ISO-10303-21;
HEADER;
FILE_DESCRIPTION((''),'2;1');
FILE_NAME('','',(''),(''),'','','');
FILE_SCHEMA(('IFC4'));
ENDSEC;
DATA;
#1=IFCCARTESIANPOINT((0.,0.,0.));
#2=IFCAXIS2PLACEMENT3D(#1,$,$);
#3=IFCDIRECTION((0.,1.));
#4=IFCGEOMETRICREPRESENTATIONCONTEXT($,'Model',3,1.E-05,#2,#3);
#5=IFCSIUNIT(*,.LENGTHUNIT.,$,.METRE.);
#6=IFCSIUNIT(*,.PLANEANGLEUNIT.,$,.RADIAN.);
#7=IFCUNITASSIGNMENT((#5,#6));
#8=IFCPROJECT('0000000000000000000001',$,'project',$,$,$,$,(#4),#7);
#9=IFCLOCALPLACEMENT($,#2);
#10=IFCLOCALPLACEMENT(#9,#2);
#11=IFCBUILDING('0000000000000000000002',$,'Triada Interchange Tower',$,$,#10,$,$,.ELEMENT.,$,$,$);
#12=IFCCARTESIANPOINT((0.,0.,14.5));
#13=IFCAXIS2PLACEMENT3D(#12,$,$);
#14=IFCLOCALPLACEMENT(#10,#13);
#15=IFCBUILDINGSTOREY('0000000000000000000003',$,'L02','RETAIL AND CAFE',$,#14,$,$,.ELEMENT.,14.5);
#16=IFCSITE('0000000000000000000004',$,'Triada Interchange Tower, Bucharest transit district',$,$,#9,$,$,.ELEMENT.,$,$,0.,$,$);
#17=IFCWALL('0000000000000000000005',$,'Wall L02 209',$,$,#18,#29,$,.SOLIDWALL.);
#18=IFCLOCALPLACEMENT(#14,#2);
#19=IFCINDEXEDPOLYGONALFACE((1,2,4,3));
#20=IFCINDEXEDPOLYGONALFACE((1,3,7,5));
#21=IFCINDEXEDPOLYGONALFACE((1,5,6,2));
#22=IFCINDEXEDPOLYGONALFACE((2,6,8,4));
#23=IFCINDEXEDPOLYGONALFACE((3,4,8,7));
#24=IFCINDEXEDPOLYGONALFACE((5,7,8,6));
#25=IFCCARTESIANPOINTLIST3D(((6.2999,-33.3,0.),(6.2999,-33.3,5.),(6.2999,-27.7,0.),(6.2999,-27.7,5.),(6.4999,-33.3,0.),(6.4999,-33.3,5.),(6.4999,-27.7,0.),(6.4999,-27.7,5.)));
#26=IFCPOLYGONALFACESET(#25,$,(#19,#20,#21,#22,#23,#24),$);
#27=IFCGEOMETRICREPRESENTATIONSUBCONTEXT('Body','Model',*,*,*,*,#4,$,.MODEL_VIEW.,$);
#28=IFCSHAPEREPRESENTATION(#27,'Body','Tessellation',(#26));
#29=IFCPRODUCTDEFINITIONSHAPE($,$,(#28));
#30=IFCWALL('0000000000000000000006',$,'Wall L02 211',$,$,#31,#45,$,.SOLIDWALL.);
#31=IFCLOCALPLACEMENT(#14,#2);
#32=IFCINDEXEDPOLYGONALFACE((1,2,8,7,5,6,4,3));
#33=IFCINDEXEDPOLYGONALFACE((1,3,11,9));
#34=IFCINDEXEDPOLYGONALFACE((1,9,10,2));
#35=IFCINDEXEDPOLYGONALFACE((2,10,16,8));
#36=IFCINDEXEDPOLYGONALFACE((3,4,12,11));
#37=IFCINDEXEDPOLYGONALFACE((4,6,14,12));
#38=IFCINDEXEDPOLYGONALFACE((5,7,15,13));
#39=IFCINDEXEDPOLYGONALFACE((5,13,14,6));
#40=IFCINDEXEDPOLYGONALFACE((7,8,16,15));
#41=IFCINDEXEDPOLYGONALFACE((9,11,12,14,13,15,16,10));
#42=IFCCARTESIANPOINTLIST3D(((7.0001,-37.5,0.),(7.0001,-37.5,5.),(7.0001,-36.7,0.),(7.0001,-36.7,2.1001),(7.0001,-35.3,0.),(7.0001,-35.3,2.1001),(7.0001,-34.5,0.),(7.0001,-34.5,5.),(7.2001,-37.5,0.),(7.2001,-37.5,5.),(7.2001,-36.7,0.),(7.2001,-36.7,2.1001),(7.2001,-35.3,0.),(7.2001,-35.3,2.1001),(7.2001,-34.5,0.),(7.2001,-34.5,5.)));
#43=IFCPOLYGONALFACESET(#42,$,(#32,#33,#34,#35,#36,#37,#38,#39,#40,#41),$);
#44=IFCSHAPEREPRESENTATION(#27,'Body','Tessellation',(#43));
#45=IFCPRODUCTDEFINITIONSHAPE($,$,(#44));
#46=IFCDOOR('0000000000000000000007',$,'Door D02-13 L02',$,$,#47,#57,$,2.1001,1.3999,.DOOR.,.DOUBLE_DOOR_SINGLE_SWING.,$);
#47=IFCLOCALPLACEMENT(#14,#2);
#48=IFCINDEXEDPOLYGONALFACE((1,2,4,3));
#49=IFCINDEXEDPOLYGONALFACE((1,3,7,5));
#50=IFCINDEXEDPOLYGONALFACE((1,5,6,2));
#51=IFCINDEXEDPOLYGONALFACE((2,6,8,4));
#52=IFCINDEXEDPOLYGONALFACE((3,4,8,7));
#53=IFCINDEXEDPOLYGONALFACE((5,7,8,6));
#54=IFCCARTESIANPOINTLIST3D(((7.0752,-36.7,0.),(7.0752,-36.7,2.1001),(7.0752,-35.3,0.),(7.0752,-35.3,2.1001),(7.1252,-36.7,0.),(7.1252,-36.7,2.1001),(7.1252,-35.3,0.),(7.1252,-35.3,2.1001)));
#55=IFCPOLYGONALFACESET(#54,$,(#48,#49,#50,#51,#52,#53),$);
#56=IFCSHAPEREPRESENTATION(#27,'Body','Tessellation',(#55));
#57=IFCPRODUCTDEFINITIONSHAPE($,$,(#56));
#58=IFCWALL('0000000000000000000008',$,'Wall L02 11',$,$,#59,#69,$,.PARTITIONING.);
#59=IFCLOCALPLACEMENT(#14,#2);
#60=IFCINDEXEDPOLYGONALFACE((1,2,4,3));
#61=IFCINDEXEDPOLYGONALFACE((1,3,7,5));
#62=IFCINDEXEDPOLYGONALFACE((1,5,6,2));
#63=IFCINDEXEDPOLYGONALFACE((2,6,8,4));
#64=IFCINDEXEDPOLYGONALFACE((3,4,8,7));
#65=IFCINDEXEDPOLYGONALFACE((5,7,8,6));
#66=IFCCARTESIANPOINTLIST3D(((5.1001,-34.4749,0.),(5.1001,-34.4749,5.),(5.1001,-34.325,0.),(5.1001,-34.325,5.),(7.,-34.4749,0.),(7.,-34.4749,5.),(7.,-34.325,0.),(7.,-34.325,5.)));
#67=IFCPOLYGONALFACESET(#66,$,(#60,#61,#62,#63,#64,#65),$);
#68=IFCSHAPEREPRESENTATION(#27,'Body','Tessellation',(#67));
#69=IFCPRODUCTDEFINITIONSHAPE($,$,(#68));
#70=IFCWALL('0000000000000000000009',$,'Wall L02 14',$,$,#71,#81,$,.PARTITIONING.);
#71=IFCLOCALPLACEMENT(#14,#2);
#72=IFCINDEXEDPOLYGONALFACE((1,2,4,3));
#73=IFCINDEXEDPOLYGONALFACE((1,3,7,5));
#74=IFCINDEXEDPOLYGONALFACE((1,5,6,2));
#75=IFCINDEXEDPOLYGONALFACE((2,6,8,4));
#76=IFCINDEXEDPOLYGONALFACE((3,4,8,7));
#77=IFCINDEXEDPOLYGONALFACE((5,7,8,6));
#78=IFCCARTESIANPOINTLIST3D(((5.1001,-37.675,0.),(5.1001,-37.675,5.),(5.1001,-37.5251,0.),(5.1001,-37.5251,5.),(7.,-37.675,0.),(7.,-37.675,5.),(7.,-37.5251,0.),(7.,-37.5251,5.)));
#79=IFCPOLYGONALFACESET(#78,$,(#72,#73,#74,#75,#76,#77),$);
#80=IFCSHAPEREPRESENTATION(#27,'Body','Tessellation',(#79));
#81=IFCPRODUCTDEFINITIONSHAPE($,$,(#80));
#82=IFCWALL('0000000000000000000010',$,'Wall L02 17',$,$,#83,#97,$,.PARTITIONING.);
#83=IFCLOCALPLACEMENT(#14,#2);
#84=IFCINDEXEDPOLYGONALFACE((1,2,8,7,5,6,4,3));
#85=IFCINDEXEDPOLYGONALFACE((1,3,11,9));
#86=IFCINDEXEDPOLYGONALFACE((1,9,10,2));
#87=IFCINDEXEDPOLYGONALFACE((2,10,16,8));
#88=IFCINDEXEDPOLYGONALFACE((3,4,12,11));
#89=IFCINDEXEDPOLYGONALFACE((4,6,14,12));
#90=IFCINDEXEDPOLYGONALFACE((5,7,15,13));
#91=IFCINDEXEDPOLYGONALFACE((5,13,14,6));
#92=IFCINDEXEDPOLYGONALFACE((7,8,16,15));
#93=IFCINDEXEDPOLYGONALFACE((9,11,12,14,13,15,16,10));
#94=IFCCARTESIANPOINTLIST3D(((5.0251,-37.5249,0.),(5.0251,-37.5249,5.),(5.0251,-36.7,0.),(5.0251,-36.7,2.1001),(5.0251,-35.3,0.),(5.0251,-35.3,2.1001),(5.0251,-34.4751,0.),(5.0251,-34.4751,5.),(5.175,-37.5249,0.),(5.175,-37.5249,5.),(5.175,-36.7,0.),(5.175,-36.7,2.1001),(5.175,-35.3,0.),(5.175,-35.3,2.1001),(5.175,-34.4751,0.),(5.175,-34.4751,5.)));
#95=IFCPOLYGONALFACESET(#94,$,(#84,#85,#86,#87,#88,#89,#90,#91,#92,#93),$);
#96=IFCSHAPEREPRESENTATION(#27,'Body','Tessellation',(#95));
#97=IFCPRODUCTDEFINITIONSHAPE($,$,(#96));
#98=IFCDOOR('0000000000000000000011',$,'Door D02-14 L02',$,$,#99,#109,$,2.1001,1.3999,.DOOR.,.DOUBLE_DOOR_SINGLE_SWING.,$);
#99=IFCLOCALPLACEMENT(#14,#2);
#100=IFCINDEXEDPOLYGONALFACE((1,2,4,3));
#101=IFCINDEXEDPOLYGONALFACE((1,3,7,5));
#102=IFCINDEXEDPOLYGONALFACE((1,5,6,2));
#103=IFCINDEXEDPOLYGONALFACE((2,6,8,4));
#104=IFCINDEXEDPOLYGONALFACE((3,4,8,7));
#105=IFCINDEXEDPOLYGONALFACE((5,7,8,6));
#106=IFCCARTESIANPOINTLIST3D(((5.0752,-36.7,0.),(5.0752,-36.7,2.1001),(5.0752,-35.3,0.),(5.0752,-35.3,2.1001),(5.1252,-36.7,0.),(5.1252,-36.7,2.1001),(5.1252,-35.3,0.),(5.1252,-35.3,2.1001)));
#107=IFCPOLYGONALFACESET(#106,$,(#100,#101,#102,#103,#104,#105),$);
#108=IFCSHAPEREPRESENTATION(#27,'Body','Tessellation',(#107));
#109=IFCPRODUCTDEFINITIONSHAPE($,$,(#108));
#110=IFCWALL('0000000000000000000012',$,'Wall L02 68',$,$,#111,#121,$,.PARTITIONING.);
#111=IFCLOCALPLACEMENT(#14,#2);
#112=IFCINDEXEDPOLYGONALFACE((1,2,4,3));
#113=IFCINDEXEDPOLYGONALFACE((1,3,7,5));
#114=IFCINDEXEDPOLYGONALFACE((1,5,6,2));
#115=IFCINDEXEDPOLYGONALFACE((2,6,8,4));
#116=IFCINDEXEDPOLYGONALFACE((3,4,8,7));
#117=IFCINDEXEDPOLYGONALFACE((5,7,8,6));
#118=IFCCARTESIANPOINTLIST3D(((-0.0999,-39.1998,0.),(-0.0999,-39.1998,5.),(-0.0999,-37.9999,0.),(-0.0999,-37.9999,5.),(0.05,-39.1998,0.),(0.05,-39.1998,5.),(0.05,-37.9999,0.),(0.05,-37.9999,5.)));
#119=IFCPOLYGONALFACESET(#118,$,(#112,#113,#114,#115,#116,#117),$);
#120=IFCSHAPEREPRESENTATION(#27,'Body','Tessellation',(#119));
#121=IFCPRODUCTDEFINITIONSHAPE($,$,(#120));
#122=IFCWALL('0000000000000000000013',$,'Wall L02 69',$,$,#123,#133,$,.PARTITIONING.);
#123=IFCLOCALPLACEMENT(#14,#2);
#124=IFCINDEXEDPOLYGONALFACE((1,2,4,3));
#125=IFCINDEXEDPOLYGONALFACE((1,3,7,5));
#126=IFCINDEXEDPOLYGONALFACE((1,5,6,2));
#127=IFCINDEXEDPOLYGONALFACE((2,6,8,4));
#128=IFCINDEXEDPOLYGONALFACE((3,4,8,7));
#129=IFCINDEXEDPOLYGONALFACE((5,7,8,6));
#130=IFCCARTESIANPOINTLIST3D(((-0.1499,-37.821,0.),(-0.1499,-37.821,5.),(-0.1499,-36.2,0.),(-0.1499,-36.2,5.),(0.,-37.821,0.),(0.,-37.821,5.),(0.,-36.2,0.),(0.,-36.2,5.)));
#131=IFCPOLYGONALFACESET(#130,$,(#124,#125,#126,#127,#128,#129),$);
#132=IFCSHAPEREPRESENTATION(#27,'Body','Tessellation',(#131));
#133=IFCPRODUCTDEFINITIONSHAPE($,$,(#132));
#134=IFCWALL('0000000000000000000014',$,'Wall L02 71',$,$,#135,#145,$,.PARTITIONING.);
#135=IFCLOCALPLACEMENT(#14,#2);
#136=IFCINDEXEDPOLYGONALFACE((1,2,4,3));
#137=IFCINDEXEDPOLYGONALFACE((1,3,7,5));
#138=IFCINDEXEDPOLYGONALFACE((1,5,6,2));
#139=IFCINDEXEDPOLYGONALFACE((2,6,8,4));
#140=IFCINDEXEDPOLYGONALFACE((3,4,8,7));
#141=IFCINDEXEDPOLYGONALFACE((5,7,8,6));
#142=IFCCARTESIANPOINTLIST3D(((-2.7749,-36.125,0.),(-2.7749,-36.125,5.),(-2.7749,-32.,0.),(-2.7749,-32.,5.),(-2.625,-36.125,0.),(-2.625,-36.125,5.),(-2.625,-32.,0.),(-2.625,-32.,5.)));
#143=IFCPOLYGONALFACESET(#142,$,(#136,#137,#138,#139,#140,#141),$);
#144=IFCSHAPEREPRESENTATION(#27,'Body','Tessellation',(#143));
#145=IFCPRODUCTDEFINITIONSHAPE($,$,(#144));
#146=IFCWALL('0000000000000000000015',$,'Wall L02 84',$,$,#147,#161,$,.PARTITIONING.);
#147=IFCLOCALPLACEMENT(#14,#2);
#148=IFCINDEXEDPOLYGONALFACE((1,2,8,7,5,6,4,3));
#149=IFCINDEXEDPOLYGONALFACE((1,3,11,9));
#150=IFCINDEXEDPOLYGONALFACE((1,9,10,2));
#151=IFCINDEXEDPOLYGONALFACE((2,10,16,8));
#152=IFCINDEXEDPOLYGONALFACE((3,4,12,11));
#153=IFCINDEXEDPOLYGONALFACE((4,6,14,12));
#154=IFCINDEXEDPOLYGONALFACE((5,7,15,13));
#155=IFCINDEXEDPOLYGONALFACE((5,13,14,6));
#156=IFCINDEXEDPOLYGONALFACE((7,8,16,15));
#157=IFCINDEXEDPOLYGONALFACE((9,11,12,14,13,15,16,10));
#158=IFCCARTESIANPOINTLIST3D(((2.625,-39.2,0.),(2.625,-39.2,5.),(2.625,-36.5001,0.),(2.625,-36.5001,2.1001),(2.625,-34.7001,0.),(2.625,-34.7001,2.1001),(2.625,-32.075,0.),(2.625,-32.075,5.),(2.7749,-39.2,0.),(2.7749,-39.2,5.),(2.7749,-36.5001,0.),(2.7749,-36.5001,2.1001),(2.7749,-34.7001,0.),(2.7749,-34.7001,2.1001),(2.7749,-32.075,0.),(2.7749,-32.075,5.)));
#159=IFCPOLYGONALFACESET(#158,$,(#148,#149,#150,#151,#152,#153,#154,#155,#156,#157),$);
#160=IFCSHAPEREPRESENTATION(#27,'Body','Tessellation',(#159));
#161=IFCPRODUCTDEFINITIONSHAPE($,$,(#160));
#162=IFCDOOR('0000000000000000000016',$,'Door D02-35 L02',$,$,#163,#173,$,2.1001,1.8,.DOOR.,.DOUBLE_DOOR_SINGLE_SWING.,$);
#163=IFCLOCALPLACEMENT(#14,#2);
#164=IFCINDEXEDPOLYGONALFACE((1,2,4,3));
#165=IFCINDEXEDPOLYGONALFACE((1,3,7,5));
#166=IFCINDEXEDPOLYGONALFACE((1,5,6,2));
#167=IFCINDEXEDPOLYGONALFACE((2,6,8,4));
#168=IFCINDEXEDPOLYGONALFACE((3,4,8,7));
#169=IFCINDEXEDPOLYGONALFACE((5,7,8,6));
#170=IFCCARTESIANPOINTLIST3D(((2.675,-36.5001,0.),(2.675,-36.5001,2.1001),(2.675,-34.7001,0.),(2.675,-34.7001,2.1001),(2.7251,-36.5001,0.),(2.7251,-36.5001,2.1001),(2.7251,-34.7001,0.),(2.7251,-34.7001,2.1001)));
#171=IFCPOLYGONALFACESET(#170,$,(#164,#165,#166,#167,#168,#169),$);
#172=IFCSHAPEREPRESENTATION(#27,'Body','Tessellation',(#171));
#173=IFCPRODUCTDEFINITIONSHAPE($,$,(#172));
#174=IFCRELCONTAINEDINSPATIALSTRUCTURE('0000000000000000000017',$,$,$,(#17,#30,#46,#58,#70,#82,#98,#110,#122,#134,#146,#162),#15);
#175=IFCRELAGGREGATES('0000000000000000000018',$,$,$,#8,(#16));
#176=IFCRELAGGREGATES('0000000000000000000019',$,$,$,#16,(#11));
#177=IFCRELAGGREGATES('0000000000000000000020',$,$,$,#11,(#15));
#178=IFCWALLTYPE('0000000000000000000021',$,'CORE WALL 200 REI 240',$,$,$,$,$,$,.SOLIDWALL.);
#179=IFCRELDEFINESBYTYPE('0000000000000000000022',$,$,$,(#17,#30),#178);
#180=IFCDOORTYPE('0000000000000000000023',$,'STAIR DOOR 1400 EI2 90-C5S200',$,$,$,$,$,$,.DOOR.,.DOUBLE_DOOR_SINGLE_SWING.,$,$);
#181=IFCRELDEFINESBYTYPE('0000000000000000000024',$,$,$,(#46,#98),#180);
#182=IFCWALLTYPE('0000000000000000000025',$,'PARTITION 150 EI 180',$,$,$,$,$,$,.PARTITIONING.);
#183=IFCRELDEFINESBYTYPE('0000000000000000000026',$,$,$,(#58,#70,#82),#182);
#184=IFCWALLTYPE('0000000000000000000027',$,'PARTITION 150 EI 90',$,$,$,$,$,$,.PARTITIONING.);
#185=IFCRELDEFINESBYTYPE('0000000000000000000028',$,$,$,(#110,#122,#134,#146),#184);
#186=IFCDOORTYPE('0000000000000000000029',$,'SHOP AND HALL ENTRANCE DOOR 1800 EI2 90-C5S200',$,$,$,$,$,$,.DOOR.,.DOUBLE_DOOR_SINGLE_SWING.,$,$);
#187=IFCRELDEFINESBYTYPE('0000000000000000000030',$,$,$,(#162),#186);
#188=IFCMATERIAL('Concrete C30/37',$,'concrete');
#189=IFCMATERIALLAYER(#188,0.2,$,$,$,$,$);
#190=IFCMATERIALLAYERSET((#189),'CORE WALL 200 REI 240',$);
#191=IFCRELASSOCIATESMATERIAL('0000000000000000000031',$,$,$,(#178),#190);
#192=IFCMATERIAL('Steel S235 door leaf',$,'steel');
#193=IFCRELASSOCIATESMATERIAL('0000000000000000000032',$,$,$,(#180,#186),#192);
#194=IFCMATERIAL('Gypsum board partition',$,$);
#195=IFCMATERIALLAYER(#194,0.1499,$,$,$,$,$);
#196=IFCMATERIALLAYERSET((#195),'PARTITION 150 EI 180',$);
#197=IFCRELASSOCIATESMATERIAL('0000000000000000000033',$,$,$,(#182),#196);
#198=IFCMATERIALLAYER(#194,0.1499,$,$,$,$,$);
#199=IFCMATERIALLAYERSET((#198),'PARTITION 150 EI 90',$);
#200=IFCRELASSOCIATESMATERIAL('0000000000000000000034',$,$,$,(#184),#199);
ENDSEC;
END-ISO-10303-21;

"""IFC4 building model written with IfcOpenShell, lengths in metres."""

from ifc_helpers import new_model, si_unit, direction, frame, frame_2d, origin, place, context, subcontext, project, spatial, rectangle, extrude, material, layer, layer_set, type_object, element, fill, save


model = new_model("IFC4")

# Units and contexts
model_context = context("Model", 3, precision=1e-05, world=origin(), true_north=direction((0.0, 1.0)))
body_context = subcontext(model_context, "Body", "Model", "MODEL_VIEW")
ifc_project = project(units=[si_unit("LENGTHUNIT", "METRE"), si_unit("PLANEANGLEUNIT", "RADIAN")], contexts=[model_context])

# Site, building, storey
site_placement = place(None, origin())
site = spatial("IfcSite", under=ifc_project, at=site_placement, Name="Triada Interchange Tower, Bucharest transit district", CompositionType="ELEMENT", RefElevation=0.0)
building_placement = place(site_placement, origin())
building = spatial("IfcBuilding", under=site, at=building_placement, Name="Triada Interchange Tower", CompositionType="ELEMENT")
storey_placement = place(building_placement, frame((0.0, 0.0, 14.5)))
storey = spatial("IfcBuildingStorey", under=building, at=storey_placement, Name="L02", Description="RETAIL AND CAFE", CompositionType="ELEMENT", Elevation=14.5)

# Wall
ifc_material_1 = material(Name="Concrete C30/37", Category="concrete")
ifc_layer_1 = layer(ifc_material_1, 0.2)
ifc_layer_set_1 = layer_set([ifc_layer_1], Name="CORE WALL 200 REI 240")
wall_type_1 = type_object("IfcWallType", Name="CORE WALL 200 REI 240", PredefinedType="SOLIDWALL", material=ifc_layer_set_1)
wall_1_placement = place(storey_placement, frame((6.3999, -33.3, 0.0), z_axis=(0.0, 0.0, 1.0), x_axis=(0.0, 1.0, 0.0)))
element("IfcWall", 1, at=wall_1_placement, inside=storey, type_object=wall_type_1, Name="Wall L02 209", PredefinedType="SOLIDWALL", context=body_context, shape_type="SweptSolid", body=[
    extrude(rectangle(XDim=5.6001, YDim=0.2, at=frame_2d((2.8, 0.0))), origin(), (0.0, 0.0, 1.0), 5.0),
])

# Wall, opening, door
wall_2_placement = place(storey_placement, frame((7.1001, -37.5, 0.0), z_axis=(0.0, 0.0, 1.0), x_axis=(0.0, 1.0, 0.0)))
wall_2 = element("IfcWall", 2, at=wall_2_placement, inside=storey, type_object=wall_type_1, Name="Wall L02 211", PredefinedType="SOLIDWALL", context=body_context, shape_type="SweptSolid", body=[
    extrude(rectangle(XDim=3.0, YDim=0.2, at=frame_2d((1.5, 0.0))), origin(), (0.0, 0.0, 1.0), 5.0),
])
opening_1_placement = place(wall_2_placement, frame((0.8, 0.0, 0.0)))
opening_1 = element("IfcOpeningElement", 3, at=opening_1_placement, cuts=wall_2, PredefinedType="OPENING", context=body_context, shape_type="SweptSolid", body=[
    extrude(rectangle(XDim=1.3999, YDim=2.1001, at=frame_2d((0.7, 1.05))), frame((0.0, 0.1099, 0.0), z_axis=(0.0, -1.0, 0.0), x_axis=(1.0, 0.0, 0.0)), (0.0, 0.0, 1.0), 0.22),
])
ifc_material_2 = material(Name="Steel S235 door leaf", Category="steel")
door_type_1 = type_object("IfcDoorType", Name="STAIR DOOR 1400 EI2 90-C5S200", OperationType="DOUBLE_DOOR_SINGLE_SWING", PredefinedType="DOOR", material=ifc_material_2)
door_1_placement = place(opening_1_placement, origin())
door_1 = element("IfcDoor", 4, at=door_1_placement, inside=storey, type_object=door_type_1, Name="Door D02-13 L02", OperationType="DOUBLE_DOOR_SINGLE_SWING", OverallHeight=2.1001, OverallWidth=1.3999, PredefinedType="DOOR", context=body_context, shape_type="SweptSolid", body=[
    extrude(rectangle(XDim=1.3999, YDim=2.1001, at=frame_2d((0.7, 1.05))), frame((0.0, 0.0249, 0.0), z_axis=(0.0, -1.0, 0.0), x_axis=(1.0, 0.0, 0.0)), (0.0, 0.0, 1.0), 0.05),
])
fill(opening_1, door_1)

# Walls
ifc_material_3 = material(Name="Gypsum board partition")
ifc_layer_2 = layer(ifc_material_3, 0.1499)
ifc_layer_set_2 = layer_set([ifc_layer_2], Name="PARTITION 150 EI 180")
wall_type_2 = type_object("IfcWallType", Name="PARTITION 150 EI 180", PredefinedType="PARTITIONING", material=ifc_layer_set_2)
for number, where, z_axis, x_axis, name in (
    (5, (5.1001, -34.3999, 0.0), (0.0, 0.0, 1.0), (1.0, 0.0, 0.0), "Wall L02 11"),
    (6, (5.1001, -37.6001, 0.0), (0.0, 0.0, 1.0), (1.0, 0.0, 0.0), "Wall L02 14"),
):
    element("IfcWall", number, at=place(storey_placement, frame(where, z_axis=z_axis, x_axis=x_axis)), inside=storey, type_object=wall_type_2, Name=name, PredefinedType="PARTITIONING", context=body_context, shape_type="SweptSolid", body=[
        extrude(rectangle(XDim=1.8999, YDim=0.1499, at=frame_2d((0.95, 0.0))), origin(), (0.0, 0.0, 1.0), 5.0),
    ])

# Wall, opening, door
wall_3_placement = place(storey_placement, frame((5.1001, -37.5249, 0.0), z_axis=(0.0, 0.0, 1.0), x_axis=(0.0, 1.0, 0.0)))
wall_3 = element("IfcWall", 7, at=wall_3_placement, inside=storey, type_object=wall_type_2, Name="Wall L02 17", PredefinedType="PARTITIONING", context=body_context, shape_type="SweptSolid", body=[
    extrude(rectangle(XDim=3.0498, YDim=0.1499, at=frame_2d((1.5249, 0.0))), origin(), (0.0, 0.0, 1.0), 5.0),
])
opening_2_placement = place(wall_3_placement, frame((0.825, 0.0, 0.0)))
opening_2 = element("IfcOpeningElement", 8, at=opening_2_placement, cuts=wall_3, PredefinedType="OPENING", context=body_context, shape_type="SweptSolid", body=[
    extrude(rectangle(XDim=1.3999, YDim=2.1001, at=frame_2d((0.7, 1.05))), frame((0.0, 0.085, 0.0), z_axis=(0.0, -1.0, 0.0), x_axis=(1.0, 0.0, 0.0)), (0.0, 0.0, 1.0), 0.1699),
])
door_2_placement = place(opening_2_placement, origin())
door_2 = element("IfcDoor", 9, at=door_2_placement, inside=storey, type_object=door_type_1, Name="Door D02-14 L02", OperationType="DOUBLE_DOOR_SINGLE_SWING", OverallHeight=2.1001, OverallWidth=1.3999, PredefinedType="DOOR", context=body_context, shape_type="SweptSolid", body=[
    extrude(rectangle(XDim=1.3999, YDim=2.1001, at=frame_2d((0.7, 1.05))), frame((0.0, 0.0249, 0.0), z_axis=(0.0, -1.0, 0.0), x_axis=(1.0, 0.0, 0.0)), (0.0, 0.0, 1.0), 0.05),
])
fill(opening_2, door_2)

# Walls
ifc_layer_3 = layer(ifc_material_3, 0.1499)
ifc_layer_set_3 = layer_set([ifc_layer_3], Name="PARTITION 150 EI 90")
wall_type_3 = type_object("IfcWallType", Name="PARTITION 150 EI 90", PredefinedType="PARTITIONING", material=ifc_layer_set_3)
wall_4_placement = place(storey_placement, frame((-0.0249, -39.2, 0.0), z_axis=(0.0, 0.0, 1.0), x_axis=(0.0, 1.0, 0.0)))
element("IfcWall", 10, at=wall_4_placement, inside=storey, type_object=wall_type_3, Name="Wall L02 68", PredefinedType="PARTITIONING", context=body_context, shape_type="SweptSolid", body=[
    extrude(rectangle(XDim=1.2, YDim=0.1499, at=frame_2d((0.6001, 0.0))), origin(), (0.0, 0.0, 1.0), 5.0),
])
wall_5_placement = place(storey_placement, frame((-0.075, -37.821, 0.0), z_axis=(0.0, 0.0, 1.0), x_axis=(0.0, 1.0, 0.0)))
element("IfcWall", 11, at=wall_5_placement, inside=storey, type_object=wall_type_3, Name="Wall L02 69", PredefinedType="PARTITIONING", context=body_context, shape_type="SweptSolid", body=[
    extrude(rectangle(XDim=1.6211, YDim=0.1499, at=frame_2d((0.8105, 0.0))), origin(), (0.0, 0.0, 1.0), 5.0),
])
wall_6_placement = place(storey_placement, frame((-2.7, -36.125, 0.0), z_axis=(0.0, 0.0, 1.0), x_axis=(0.0, 1.0, 0.0)))
element("IfcWall", 12, at=wall_6_placement, inside=storey, type_object=wall_type_3, Name="Wall L02 71", PredefinedType="PARTITIONING", context=body_context, shape_type="SweptSolid", body=[
    extrude(rectangle(XDim=4.125, YDim=0.1499, at=frame_2d((2.0625, 0.0))), origin(), (0.0, 0.0, 1.0), 5.0),
])

# Wall, opening, door
wall_7_placement = place(storey_placement, frame((2.7, -39.2, 0.0), z_axis=(0.0, 0.0, 1.0), x_axis=(0.0, 1.0, 0.0)))
wall_7 = element("IfcWall", 13, at=wall_7_placement, inside=storey, type_object=wall_type_3, Name="Wall L02 84", PredefinedType="PARTITIONING", context=body_context, shape_type="SweptSolid", body=[
    extrude(rectangle(XDim=7.125, YDim=0.1499, at=frame_2d((3.5625, 0.0))), origin(), (0.0, 0.0, 1.0), 5.0),
])
opening_3_placement = place(wall_7_placement, frame((2.7, 0.0, 0.0)))
opening_3 = element("IfcOpeningElement", 14, at=opening_3_placement, cuts=wall_7, PredefinedType="OPENING", context=body_context, shape_type="SweptSolid", body=[
    extrude(rectangle(XDim=1.8, YDim=2.1001, at=frame_2d((0.8999, 1.05))), frame((0.0, 0.085, 0.0), z_axis=(0.0, -1.0, 0.0), x_axis=(1.0, 0.0, 0.0)), (0.0, 0.0, 1.0), 0.1699),
])
door_type_2 = type_object("IfcDoorType", Name="SHOP AND HALL ENTRANCE DOOR 1800 EI2 90-C5S200", OperationType="DOUBLE_DOOR_SINGLE_SWING", PredefinedType="DOOR", material=ifc_material_2)
door_3_placement = place(opening_3_placement, origin())
door_3 = element("IfcDoor", 15, at=door_3_placement, inside=storey, type_object=door_type_2, Name="Door D02-35 L02", OperationType="DOUBLE_DOOR_SINGLE_SWING", OverallHeight=2.1001, OverallWidth=1.8, PredefinedType="DOOR", context=body_context, shape_type="SweptSolid", body=[
    extrude(rectangle(XDim=1.8, YDim=2.1001, at=frame_2d((0.8999, 1.05))), frame((0.0, 0.0249, 0.0), z_axis=(0.0, -1.0, 0.0), x_axis=(1.0, 0.0, 0.0)), (0.0, 0.0, 1.0), 0.05),
])
fill(opening_3, door_3)

save(model, "model.ifc")
